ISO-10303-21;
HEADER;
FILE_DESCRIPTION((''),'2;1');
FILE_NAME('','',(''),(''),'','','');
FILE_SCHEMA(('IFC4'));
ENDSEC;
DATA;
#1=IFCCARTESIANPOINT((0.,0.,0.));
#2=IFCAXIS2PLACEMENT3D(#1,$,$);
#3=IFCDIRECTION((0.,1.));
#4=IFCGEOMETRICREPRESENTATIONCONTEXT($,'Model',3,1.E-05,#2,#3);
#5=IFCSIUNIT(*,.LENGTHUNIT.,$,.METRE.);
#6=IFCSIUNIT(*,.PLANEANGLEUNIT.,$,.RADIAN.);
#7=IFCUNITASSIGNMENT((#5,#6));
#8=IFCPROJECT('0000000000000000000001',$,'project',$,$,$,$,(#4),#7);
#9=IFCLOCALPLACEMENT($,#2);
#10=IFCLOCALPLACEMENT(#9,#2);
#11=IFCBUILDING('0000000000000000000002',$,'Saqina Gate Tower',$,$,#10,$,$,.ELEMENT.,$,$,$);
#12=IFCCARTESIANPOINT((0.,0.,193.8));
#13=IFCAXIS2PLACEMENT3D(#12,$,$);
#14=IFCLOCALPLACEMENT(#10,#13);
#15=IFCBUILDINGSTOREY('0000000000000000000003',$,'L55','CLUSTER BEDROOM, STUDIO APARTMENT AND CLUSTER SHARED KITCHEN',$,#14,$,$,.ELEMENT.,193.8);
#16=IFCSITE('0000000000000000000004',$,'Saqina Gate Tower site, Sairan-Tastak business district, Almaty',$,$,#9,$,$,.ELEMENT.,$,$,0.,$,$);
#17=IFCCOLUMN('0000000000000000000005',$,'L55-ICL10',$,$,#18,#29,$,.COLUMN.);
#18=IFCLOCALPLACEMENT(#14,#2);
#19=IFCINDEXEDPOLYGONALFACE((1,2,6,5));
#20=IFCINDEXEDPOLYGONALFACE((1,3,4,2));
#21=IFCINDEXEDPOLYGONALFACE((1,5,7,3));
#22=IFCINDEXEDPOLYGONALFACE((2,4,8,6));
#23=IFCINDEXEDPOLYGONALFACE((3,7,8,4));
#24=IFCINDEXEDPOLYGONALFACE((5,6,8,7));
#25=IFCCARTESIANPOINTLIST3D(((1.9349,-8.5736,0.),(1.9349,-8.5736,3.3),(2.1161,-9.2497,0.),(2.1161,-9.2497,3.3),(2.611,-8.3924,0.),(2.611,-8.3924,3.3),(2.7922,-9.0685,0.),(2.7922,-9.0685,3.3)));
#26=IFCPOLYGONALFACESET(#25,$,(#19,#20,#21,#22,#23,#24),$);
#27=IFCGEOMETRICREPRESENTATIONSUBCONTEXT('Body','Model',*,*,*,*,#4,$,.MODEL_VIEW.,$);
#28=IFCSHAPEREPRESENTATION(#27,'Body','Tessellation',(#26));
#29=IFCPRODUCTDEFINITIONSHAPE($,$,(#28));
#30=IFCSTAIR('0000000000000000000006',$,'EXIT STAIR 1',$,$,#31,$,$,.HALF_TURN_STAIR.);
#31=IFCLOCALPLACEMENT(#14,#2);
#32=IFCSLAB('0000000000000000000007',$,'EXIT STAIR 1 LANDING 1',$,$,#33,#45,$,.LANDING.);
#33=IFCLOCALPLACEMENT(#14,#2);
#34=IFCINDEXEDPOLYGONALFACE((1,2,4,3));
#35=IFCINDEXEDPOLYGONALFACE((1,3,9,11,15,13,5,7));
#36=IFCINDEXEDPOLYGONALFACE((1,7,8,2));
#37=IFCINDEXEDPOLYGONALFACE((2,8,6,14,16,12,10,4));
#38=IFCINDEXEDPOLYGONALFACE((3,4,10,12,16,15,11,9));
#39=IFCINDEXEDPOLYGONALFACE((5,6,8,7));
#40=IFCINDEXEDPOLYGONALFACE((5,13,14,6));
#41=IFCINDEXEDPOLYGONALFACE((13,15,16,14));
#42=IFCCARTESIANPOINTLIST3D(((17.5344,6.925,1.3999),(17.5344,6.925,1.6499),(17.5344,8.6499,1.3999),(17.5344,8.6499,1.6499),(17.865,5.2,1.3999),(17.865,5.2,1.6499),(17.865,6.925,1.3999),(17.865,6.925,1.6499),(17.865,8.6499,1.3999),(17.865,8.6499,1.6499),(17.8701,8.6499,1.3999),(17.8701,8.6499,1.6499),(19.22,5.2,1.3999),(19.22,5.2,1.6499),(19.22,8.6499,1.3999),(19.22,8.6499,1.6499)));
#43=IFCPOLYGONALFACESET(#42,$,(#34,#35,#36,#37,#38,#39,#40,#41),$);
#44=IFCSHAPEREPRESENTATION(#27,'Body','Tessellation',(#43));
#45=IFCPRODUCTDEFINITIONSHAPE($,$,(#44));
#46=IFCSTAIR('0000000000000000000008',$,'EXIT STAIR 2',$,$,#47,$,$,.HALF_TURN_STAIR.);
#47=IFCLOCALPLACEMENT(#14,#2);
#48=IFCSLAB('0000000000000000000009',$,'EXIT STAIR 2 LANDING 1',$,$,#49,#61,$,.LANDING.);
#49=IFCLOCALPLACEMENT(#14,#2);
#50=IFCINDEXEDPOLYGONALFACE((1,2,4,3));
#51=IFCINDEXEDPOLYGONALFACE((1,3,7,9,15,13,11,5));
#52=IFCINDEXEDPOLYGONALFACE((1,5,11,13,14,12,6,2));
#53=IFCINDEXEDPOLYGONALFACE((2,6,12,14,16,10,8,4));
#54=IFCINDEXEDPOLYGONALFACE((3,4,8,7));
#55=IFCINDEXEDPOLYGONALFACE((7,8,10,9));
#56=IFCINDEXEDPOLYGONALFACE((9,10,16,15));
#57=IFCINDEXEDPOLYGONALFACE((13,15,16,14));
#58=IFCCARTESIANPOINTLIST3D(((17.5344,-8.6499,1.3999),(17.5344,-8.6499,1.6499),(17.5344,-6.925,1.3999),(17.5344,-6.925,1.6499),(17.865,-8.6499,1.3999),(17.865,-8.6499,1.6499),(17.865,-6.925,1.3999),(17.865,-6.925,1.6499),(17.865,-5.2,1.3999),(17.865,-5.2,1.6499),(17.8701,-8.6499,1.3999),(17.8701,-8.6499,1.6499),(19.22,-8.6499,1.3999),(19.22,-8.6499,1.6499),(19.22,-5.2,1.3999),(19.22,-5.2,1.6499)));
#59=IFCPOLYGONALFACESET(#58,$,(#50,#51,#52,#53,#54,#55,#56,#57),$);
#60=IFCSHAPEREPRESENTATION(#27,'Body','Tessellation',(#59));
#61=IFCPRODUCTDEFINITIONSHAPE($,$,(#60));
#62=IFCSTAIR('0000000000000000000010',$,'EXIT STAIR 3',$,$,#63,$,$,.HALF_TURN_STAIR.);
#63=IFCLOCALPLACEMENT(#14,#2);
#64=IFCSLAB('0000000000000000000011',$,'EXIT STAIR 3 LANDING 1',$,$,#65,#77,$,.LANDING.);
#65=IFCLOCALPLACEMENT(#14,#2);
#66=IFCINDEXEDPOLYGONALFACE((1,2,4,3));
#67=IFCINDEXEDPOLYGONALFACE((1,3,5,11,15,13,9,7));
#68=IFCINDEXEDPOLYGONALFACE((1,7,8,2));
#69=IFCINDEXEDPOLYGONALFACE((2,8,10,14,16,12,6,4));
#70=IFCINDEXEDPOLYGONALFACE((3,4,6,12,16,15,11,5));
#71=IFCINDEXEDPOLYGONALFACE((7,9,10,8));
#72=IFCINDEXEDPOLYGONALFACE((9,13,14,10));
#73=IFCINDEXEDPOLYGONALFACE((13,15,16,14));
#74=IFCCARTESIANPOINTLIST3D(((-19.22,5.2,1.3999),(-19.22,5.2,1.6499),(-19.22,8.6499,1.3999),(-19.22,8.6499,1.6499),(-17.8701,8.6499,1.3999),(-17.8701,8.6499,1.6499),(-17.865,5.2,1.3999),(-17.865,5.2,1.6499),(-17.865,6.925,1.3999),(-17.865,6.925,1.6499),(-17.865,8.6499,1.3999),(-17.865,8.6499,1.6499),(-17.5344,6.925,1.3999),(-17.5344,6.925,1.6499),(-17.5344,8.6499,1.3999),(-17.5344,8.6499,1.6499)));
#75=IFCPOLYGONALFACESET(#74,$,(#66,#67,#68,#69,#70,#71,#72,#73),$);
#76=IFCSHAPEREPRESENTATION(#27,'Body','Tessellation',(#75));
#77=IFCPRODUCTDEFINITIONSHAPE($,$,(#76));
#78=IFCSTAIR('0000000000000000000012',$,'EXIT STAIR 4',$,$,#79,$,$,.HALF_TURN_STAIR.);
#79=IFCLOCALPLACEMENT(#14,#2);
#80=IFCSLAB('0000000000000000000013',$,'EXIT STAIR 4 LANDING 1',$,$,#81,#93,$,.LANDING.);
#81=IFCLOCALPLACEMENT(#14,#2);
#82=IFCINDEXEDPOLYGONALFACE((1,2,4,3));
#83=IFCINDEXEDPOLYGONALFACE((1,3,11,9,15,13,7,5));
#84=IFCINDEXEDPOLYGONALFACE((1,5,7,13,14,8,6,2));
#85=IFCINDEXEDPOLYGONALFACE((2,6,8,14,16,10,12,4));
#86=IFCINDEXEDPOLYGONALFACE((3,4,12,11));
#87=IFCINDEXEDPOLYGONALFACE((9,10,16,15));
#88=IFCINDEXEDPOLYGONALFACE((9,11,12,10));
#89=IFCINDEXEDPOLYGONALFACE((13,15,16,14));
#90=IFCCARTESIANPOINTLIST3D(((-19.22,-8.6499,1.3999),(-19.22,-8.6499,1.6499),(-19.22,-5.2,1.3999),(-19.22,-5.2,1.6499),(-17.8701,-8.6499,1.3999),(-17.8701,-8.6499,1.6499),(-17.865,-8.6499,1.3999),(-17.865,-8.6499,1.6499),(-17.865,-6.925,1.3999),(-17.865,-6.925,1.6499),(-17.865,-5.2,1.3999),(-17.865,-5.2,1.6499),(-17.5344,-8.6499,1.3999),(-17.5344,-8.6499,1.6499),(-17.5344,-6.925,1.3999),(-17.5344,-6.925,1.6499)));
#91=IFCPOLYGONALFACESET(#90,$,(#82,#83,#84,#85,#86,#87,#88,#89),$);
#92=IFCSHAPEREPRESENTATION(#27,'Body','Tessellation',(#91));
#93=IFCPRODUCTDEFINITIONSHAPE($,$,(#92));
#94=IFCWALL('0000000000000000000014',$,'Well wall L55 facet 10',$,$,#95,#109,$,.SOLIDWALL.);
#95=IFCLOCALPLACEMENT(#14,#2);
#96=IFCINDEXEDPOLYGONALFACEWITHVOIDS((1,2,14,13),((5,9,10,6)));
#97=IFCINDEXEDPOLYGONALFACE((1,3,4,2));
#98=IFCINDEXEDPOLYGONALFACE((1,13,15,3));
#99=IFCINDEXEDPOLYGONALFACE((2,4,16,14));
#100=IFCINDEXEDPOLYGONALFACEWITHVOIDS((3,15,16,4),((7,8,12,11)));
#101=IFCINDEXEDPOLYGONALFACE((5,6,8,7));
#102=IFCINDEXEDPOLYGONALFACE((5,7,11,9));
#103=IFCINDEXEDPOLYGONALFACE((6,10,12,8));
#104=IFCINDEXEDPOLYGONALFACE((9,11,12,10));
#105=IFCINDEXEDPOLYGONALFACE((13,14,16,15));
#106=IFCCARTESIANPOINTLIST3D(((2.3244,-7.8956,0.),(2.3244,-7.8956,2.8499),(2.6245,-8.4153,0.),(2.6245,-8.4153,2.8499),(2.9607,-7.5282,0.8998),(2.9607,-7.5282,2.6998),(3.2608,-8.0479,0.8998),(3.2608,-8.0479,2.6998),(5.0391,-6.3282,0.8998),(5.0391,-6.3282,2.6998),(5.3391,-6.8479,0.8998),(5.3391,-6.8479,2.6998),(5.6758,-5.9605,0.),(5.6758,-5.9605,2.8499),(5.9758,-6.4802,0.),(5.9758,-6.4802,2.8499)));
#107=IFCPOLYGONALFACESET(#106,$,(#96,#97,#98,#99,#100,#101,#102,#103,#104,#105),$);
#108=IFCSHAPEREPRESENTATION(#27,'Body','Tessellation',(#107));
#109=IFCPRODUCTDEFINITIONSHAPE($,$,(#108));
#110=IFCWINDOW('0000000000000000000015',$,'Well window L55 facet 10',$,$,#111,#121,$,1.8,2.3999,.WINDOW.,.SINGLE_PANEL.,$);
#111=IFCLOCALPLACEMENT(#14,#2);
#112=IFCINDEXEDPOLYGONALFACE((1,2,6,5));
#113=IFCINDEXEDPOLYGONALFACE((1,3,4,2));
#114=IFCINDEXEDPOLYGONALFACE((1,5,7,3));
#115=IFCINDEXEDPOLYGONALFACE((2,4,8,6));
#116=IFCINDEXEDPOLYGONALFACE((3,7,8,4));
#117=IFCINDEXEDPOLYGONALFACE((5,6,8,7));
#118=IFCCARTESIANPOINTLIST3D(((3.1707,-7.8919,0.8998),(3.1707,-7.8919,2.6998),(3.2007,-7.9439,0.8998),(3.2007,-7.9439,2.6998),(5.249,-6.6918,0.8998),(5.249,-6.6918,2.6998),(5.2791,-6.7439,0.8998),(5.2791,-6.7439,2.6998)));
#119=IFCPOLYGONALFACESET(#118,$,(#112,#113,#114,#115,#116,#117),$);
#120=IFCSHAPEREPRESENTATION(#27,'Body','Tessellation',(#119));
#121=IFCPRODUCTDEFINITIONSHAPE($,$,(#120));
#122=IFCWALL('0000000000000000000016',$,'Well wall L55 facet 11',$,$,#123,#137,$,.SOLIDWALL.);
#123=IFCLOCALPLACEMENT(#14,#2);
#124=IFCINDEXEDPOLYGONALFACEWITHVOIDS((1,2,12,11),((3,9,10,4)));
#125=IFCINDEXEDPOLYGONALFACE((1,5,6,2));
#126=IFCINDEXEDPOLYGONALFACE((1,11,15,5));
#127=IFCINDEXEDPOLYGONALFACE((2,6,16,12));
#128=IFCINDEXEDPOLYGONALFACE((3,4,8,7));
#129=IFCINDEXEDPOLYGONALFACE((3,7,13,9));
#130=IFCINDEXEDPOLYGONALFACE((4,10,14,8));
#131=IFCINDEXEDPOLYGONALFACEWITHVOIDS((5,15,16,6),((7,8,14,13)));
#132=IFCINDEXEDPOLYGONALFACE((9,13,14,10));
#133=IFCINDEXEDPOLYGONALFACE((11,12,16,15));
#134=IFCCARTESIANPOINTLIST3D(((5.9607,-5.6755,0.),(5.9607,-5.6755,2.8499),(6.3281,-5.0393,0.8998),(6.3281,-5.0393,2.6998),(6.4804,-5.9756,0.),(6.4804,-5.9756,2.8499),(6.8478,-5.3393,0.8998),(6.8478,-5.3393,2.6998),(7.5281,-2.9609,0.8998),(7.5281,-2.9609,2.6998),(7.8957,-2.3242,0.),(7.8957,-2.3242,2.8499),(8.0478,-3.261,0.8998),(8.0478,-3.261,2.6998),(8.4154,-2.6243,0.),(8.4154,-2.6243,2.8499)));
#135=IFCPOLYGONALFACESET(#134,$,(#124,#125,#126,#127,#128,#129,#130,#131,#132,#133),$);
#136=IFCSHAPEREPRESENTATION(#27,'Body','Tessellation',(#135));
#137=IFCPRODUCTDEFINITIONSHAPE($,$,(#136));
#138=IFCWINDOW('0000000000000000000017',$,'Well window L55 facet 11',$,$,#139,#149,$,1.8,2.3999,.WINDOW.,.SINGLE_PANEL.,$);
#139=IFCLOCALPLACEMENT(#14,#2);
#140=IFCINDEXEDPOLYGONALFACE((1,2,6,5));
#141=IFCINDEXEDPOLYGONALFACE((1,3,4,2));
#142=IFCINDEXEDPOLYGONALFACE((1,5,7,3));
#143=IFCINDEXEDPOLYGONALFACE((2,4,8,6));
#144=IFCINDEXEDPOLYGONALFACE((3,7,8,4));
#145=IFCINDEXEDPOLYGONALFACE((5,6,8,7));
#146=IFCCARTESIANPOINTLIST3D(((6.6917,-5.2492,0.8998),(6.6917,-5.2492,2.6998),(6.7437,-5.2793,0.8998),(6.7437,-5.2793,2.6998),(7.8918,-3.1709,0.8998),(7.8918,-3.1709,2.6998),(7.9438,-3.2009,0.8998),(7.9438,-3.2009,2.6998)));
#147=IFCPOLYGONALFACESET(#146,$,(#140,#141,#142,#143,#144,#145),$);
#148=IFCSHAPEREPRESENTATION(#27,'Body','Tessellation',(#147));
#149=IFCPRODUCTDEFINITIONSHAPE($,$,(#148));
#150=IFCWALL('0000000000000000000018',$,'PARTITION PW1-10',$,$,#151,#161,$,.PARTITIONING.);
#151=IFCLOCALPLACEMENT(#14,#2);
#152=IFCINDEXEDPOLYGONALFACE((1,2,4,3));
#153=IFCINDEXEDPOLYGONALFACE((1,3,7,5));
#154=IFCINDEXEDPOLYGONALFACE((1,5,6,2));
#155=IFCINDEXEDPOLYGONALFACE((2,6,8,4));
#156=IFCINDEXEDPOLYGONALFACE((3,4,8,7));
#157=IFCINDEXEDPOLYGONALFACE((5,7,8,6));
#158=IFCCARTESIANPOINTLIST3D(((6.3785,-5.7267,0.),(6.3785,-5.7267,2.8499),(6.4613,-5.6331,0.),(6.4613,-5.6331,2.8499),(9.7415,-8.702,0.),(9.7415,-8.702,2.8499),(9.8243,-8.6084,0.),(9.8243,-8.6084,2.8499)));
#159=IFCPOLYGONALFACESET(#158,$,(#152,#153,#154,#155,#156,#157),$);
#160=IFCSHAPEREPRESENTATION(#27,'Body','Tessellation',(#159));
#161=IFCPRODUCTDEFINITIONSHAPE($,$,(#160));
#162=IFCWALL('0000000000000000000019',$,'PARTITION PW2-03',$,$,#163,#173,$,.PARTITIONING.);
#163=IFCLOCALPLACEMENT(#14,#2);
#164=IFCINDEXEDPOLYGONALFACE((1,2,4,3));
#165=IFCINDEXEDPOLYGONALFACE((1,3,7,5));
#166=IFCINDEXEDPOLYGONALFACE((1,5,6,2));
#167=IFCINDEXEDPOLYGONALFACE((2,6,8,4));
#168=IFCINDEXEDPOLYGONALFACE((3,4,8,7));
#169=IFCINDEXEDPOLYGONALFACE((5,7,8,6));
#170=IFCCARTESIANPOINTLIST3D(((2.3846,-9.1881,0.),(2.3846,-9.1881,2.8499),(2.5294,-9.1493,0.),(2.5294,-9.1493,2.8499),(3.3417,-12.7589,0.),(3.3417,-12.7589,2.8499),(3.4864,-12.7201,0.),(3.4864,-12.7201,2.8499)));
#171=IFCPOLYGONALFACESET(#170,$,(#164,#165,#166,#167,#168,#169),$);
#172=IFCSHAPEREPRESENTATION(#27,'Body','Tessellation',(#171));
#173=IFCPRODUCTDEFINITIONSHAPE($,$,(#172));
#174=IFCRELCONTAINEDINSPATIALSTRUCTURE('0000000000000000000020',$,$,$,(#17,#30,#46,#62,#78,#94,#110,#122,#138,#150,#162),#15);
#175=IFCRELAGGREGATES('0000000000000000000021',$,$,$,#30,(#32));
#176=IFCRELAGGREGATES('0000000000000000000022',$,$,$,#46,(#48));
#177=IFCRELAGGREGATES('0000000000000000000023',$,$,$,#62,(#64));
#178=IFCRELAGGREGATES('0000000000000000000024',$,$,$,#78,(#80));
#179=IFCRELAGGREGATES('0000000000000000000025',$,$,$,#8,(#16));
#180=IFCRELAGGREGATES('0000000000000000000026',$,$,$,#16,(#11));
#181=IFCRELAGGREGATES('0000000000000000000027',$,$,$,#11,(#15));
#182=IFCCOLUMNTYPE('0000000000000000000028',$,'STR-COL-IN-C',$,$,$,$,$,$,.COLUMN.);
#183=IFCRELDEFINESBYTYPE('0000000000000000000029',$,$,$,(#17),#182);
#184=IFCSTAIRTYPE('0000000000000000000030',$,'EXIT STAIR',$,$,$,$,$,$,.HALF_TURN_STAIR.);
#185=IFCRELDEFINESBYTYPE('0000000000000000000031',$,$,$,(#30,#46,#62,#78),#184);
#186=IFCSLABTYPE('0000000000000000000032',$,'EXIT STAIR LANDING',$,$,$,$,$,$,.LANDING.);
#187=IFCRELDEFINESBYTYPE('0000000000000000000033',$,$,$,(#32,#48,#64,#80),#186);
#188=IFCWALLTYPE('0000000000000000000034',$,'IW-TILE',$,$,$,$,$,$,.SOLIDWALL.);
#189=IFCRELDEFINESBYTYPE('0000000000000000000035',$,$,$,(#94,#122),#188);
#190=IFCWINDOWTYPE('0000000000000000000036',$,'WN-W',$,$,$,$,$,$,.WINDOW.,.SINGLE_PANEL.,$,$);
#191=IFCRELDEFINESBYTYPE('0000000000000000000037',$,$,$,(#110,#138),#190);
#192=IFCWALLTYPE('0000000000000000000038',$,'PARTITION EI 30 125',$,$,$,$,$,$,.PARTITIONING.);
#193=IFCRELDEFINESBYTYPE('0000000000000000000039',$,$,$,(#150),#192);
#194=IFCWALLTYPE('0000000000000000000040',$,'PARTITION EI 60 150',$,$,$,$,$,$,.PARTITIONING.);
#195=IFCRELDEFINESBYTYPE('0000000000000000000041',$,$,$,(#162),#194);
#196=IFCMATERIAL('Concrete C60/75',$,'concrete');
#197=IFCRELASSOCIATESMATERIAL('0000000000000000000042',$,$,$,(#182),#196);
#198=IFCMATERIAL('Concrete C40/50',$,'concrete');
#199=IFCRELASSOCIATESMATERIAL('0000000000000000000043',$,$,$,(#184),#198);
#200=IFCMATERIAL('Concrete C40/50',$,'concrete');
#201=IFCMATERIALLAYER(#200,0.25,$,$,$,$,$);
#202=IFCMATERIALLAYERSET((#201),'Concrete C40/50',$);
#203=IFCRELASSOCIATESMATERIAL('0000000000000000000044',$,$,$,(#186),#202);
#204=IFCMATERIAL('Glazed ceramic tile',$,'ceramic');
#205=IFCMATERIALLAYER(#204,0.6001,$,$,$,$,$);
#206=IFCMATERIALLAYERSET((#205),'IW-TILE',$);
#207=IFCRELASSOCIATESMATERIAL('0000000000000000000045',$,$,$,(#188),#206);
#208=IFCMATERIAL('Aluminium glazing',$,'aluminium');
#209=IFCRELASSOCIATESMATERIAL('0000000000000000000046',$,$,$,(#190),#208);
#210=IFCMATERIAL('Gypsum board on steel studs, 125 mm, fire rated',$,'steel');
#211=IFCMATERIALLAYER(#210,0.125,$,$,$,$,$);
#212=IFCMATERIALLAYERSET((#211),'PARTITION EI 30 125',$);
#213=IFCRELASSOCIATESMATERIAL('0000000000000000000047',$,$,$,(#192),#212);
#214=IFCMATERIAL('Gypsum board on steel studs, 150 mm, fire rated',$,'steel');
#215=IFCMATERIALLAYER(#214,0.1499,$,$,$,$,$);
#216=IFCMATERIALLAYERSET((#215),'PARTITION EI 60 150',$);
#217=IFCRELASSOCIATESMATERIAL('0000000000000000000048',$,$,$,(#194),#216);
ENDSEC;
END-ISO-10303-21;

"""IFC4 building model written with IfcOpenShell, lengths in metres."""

from ifc_helpers import new_model, si_unit, direction, frame, frame_2d, origin, origin_2d, place, context, subcontext, project, spatial, polyline, rectangle, outline, extrude, material, layer, layer_set, material_profile, profile_set, type_object, element, fill, aggregate, save


model = new_model("IFC4")

# Units and contexts
model_context = context("Model", 3, precision=1e-05, world=origin(), true_north=direction((0.0, 1.0)))
body_context = subcontext(model_context, "Body", "Model", "MODEL_VIEW")
ifc_project = project(units=[si_unit("LENGTHUNIT", "METRE"), si_unit("PLANEANGLEUNIT", "RADIAN")], contexts=[model_context])

# Site, building, storey
site_placement = place(None, origin())
site = spatial("IfcSite", under=ifc_project, at=site_placement, Name="Saqina Gate Tower site, Sairan-Tastak business district, Almaty", CompositionType="ELEMENT", RefElevation=0.0)
building_placement = place(site_placement, origin())
building = spatial("IfcBuilding", under=site, at=building_placement, Name="Saqina Gate Tower", CompositionType="ELEMENT")
storey_placement = place(building_placement, frame((0.0, 0.0, 193.8)))
storey = spatial("IfcBuildingStorey", under=building, at=storey_placement, Name="L55", Description="CLUSTER BEDROOM, STUDIO APARTMENT AND CLUSTER SHARED KITCHEN", CompositionType="ELEMENT", Elevation=193.8)

# Column
ifc_material_1 = material(Name="Concrete C60/75", Category="concrete")
ifc_material_profile = material_profile(ifc_material_1, rectangle(XDim=0.7, YDim=0.7, at=origin_2d()), Name="RC 700x700")
ifc_profile_set = profile_set([ifc_material_profile], Name="Concrete C60/75")
column_type = type_object("IfcColumnType", Name="STR-COL-IN-C", PredefinedType="COLUMN", material=ifc_profile_set)
column_placement = place(storey_placement, frame((2.3635, -8.821, 0.0), z_axis=(0.0, 0.0, 1.0), x_axis=(0.258819, -0.965926, 0.0)))
element("IfcColumn", 1, at=column_placement, inside=storey, type_object=column_type, Name="L55-ICL10", PredefinedType="COLUMN", context=body_context, shape_type="SweptSolid", body=[
    extrude(rectangle(XDim=0.7, YDim=0.7, at=origin_2d()), origin(), (0.0, 0.0, 1.0), 3.3),
])

# Stairs, slabs
ifc_material_2 = material(Name="Concrete C40/50", Category="concrete")
stair_type = type_object("IfcStairType", Name="EXIT STAIR", PredefinedType="HALF_TURN_STAIR", material=ifc_material_2)
stair_1_placement = place(storey_placement, origin())
stair_1 = element("IfcStair", 2, at=stair_1_placement, inside=storey, type_object=stair_type, Name="EXIT STAIR 1", PredefinedType="HALF_TURN_STAIR")
ifc_material_3 = material(Name="Concrete C40/50", Category="concrete")
ifc_layer_1 = layer(ifc_material_3, 0.25)
ifc_layer_set_1 = layer_set([ifc_layer_1], Name="Concrete C40/50")
slab_type = type_object("IfcSlabType", Name="EXIT STAIR LANDING", PredefinedType="LANDING", material=ifc_layer_set_1)
slab_1_placement = place(storey_placement, frame((0.0, 0.0, 1.3999)))
slab_1 = element("IfcSlab", 3, at=slab_1_placement, type_object=slab_type, Name="EXIT STAIR 1 LANDING 1", PredefinedType="LANDING", context=body_context, shape_type="SweptSolid", body=[
    extrude(outline(polyline([(19.22, 8.6499), (19.22, 5.2), (17.865, 5.2), (17.865, 6.925), (17.5344, 6.925), (17.5344, 8.6499), (17.865, 8.6499), (17.8701, 8.6499), (19.22, 8.6499)])), origin(), (0.0, 0.0, 1.0), 0.25),
])
aggregate(stair_1, [slab_1])
stair_2_placement = place(storey_placement, origin())
stair_2 = element("IfcStair", 4, at=stair_2_placement, inside=storey, type_object=stair_type, Name="EXIT STAIR 2", PredefinedType="HALF_TURN_STAIR")
slab_2_placement = place(storey_placement, frame((0.0, 0.0, 1.3999)))
slab_2 = element("IfcSlab", 5, at=slab_2_placement, type_object=slab_type, Name="EXIT STAIR 2 LANDING 1", PredefinedType="LANDING", context=body_context, shape_type="SweptSolid", body=[
    extrude(outline(polyline([(17.5344, -8.6499), (17.5344, -6.925), (17.865, -6.925), (17.865, -5.2), (19.22, -5.2), (19.22, -8.6499), (17.8701, -8.6499), (17.865, -8.6499), (17.5344, -8.6499)])), origin(), (0.0, 0.0, 1.0), 0.25),
])
aggregate(stair_2, [slab_2])
stair_3_placement = place(storey_placement, origin())
stair_3 = element("IfcStair", 6, at=stair_3_placement, inside=storey, type_object=stair_type, Name="EXIT STAIR 3", PredefinedType="HALF_TURN_STAIR")
slab_3_placement = place(storey_placement, frame((0.0, 0.0, 1.3999)))
slab_3 = element("IfcSlab", 7, at=slab_3_placement, type_object=slab_type, Name="EXIT STAIR 3 LANDING 1", PredefinedType="LANDING", context=body_context, shape_type="SweptSolid", body=[
    extrude(outline(polyline([(-17.865, 5.2), (-19.22, 5.2), (-19.22, 8.6499), (-17.8701, 8.6499), (-17.865, 8.6499), (-17.5344, 8.6499), (-17.5344, 6.925), (-17.865, 6.925), (-17.865, 5.2)])), origin(), (0.0, 0.0, 1.0), 0.25),
])
aggregate(stair_3, [slab_3])
stair_4_placement = place(storey_placement, origin())
stair_4 = element("IfcStair", 8, at=stair_4_placement, inside=storey, type_object=stair_type, Name="EXIT STAIR 4", PredefinedType="HALF_TURN_STAIR")
slab_4_placement = place(storey_placement, frame((0.0, 0.0, 1.3999)))
slab_4 = element("IfcSlab", 9, at=slab_4_placement, type_object=slab_type, Name="EXIT STAIR 4 LANDING 1", PredefinedType="LANDING", context=body_context, shape_type="SweptSolid", body=[
    extrude(outline(polyline([(-17.5344, -6.925), (-17.5344, -8.6499), (-17.865, -8.6499), (-17.8701, -8.6499), (-19.22, -8.6499), (-19.22, -5.2), (-17.865, -5.2), (-17.865, -6.925), (-17.5344, -6.925)])), origin(), (0.0, 0.0, 1.0), 0.25),
])
aggregate(stair_4, [slab_4])

# Walls, openings, windows
ifc_material_4 = material(Name="Glazed ceramic tile", Category="ceramic")
ifc_layer_2 = layer(ifc_material_4, 0.6001)
ifc_layer_set_2 = layer_set([ifc_layer_2], Name="IW-TILE")
wall_type_1 = type_object("IfcWallType", Name="IW-TILE", PredefinedType="SOLIDWALL", material=ifc_layer_set_2)
wall_1_placement = place(storey_placement, frame((2.4744, -8.1555, 0.0), z_axis=(0.0, 0.0, 1.0), x_axis=(0.866006, 0.500034, 0.0)))
wall_1 = element("IfcWall", 10, at=wall_1_placement, inside=storey, type_object=wall_type_1, Name="Well wall L55 facet 10", PredefinedType="SOLIDWALL", context=body_context, shape_type="SweptSolid", body=[
    extrude(rectangle(XDim=3.8699, YDim=0.6001, at=frame_2d((1.9351, 0.0))), origin(), (0.0, 0.0, 1.0), 2.8499),
])
opening_1_placement = place(wall_1_placement, frame((0.7349, 0.0, 0.8999)))
opening_1 = element("IfcOpeningElement", 11, at=opening_1_placement, cuts=wall_1, PredefinedType="OPENING", context=body_context, shape_type="SweptSolid", body=[
    extrude(rectangle(XDim=2.3999, YDim=1.8, at=frame_2d((1.2, 0.8999))), frame((0.0, 0.312, 0.0), z_axis=(0.0, -1.0, 0.0), x_axis=(1.0, 0.0, 0.0)), (0.0, 0.0, 1.0), 0.624),
])
ifc_material_5 = material(Name="Aluminium glazing", Category="aluminium")
window_type = type_object("IfcWindowType", Name="WN-W", PartitioningType="SINGLE_PANEL", PredefinedType="WINDOW", material=ifc_material_5)
window_1_placement = place(opening_1_placement, origin())
window_1 = element("IfcWindow", 12, at=window_1_placement, inside=storey, type_object=window_type, Name="Well window L55 facet 10", OverallHeight=1.8, OverallWidth=2.3999, PartitioningType="SINGLE_PANEL", PredefinedType="WINDOW", context=body_context, shape_type="SweptSolid", body=[
    extrude(rectangle(XDim=2.3999, YDim=1.8, at=frame_2d((1.2, 0.8999))), frame((0.0, -0.1199, 0.0), z_axis=(0.0, -1.0, 0.0), x_axis=(1.0, 0.0, 0.0)), (0.0, 0.0, 1.0), 0.0601),
])
fill(opening_1, window_1)
wall_2_placement = place(storey_placement, frame((6.2205, -5.8257, 0.0), z_axis=(0.0, 0.0, 1.0), x_axis=(0.500034, 0.866006, 0.0)))
wall_2 = element("IfcWall", 13, at=wall_2_placement, inside=storey, type_object=wall_type_1, Name="Well wall L55 facet 11", PredefinedType="SOLIDWALL", context=body_context, shape_type="SweptSolid", body=[
    extrude(rectangle(XDim=3.8699, YDim=0.6001, at=frame_2d((1.9351, 0.0))), origin(), (0.0, 0.0, 1.0), 2.8499),
])
opening_2_placement = place(wall_2_placement, frame((0.7349, 0.0, 0.8999)))
opening_2 = element("IfcOpeningElement", 14, at=opening_2_placement, cuts=wall_2, PredefinedType="OPENING", context=body_context, shape_type="SweptSolid", body=[
    extrude(rectangle(XDim=2.3999, YDim=1.8, at=frame_2d((1.2, 0.8999))), frame((0.0, 0.312, 0.0), z_axis=(0.0, -1.0, 0.0), x_axis=(1.0, 0.0, 0.0)), (0.0, 0.0, 1.0), 0.624),
])
window_2_placement = place(opening_2_placement, origin())
window_2 = element("IfcWindow", 15, at=window_2_placement, inside=storey, type_object=window_type, Name="Well window L55 facet 11", OverallHeight=1.8, OverallWidth=2.3999, PartitioningType="SINGLE_PANEL", PredefinedType="WINDOW", context=body_context, shape_type="SweptSolid", body=[
    extrude(rectangle(XDim=2.3999, YDim=1.8, at=frame_2d((1.2, 0.8999))), frame((0.0, -0.1199, 0.0), z_axis=(0.0, -1.0, 0.0), x_axis=(1.0, 0.0, 0.0)), (0.0, 0.0, 1.0), 0.0601),
])
fill(opening_2, window_2)

# Walls
ifc_material_6 = material(Name="Gypsum board on steel studs, 125 mm, fire rated", Category="steel")
ifc_layer_3 = layer(ifc_material_6, 0.125)
ifc_layer_set_3 = layer_set([ifc_layer_3], Name="PARTITION EI 30 125")
wall_type_2 = type_object("IfcWallType", Name="PARTITION EI 30 125", PredefinedType="PARTITIONING", material=ifc_layer_set_3)
wall_3_placement = place(storey_placement, frame((6.4199, -5.6799, 0.0), z_axis=(0.0, 0.0, 1.0), x_axis=(0.748958, -0.662617, 0.0)))
element("IfcWall", 16, at=wall_3_placement, inside=storey, type_object=wall_type_2, Name="PARTITION PW1-10", PredefinedType="PARTITIONING", context=body_context, shape_type="SweptSolid", body=[
    extrude(rectangle(XDim=4.4902, YDim=0.125, at=frame_2d((2.2451, 0.0))), origin(), (0.0, 0.0, 1.0), 2.8499),
])
ifc_material_7 = material(Name="Gypsum board on steel studs, 150 mm, fire rated", Category="steel")
ifc_layer_4 = layer(ifc_material_7, 0.1499)
ifc_layer_set_4 = layer_set([ifc_layer_4], Name="PARTITION EI 60 150")
wall_type_3 = type_object("IfcWallType", Name="PARTITION EI 60 150", PredefinedType="PARTITIONING", material=ifc_layer_set_4)
wall_4_placement = place(storey_placement, frame((2.457, -9.1687, 0.0), z_axis=(0.0, 0.0, 1.0), x_axis=(0.258879, -0.96591, 0.0)))
element("IfcWall", 17, at=wall_4_placement, inside=storey, type_object=wall_type_3, Name="PARTITION PW2-03", PredefinedType="PARTITIONING", context=body_context, shape_type="SweptSolid", body=[
    extrude(rectangle(XDim=3.6968, YDim=0.1499, at=frame_2d((1.8484, 0.0))), origin(), (0.0, 0.0, 1.0), 2.8499),
])

save(model, "model.ifc")
